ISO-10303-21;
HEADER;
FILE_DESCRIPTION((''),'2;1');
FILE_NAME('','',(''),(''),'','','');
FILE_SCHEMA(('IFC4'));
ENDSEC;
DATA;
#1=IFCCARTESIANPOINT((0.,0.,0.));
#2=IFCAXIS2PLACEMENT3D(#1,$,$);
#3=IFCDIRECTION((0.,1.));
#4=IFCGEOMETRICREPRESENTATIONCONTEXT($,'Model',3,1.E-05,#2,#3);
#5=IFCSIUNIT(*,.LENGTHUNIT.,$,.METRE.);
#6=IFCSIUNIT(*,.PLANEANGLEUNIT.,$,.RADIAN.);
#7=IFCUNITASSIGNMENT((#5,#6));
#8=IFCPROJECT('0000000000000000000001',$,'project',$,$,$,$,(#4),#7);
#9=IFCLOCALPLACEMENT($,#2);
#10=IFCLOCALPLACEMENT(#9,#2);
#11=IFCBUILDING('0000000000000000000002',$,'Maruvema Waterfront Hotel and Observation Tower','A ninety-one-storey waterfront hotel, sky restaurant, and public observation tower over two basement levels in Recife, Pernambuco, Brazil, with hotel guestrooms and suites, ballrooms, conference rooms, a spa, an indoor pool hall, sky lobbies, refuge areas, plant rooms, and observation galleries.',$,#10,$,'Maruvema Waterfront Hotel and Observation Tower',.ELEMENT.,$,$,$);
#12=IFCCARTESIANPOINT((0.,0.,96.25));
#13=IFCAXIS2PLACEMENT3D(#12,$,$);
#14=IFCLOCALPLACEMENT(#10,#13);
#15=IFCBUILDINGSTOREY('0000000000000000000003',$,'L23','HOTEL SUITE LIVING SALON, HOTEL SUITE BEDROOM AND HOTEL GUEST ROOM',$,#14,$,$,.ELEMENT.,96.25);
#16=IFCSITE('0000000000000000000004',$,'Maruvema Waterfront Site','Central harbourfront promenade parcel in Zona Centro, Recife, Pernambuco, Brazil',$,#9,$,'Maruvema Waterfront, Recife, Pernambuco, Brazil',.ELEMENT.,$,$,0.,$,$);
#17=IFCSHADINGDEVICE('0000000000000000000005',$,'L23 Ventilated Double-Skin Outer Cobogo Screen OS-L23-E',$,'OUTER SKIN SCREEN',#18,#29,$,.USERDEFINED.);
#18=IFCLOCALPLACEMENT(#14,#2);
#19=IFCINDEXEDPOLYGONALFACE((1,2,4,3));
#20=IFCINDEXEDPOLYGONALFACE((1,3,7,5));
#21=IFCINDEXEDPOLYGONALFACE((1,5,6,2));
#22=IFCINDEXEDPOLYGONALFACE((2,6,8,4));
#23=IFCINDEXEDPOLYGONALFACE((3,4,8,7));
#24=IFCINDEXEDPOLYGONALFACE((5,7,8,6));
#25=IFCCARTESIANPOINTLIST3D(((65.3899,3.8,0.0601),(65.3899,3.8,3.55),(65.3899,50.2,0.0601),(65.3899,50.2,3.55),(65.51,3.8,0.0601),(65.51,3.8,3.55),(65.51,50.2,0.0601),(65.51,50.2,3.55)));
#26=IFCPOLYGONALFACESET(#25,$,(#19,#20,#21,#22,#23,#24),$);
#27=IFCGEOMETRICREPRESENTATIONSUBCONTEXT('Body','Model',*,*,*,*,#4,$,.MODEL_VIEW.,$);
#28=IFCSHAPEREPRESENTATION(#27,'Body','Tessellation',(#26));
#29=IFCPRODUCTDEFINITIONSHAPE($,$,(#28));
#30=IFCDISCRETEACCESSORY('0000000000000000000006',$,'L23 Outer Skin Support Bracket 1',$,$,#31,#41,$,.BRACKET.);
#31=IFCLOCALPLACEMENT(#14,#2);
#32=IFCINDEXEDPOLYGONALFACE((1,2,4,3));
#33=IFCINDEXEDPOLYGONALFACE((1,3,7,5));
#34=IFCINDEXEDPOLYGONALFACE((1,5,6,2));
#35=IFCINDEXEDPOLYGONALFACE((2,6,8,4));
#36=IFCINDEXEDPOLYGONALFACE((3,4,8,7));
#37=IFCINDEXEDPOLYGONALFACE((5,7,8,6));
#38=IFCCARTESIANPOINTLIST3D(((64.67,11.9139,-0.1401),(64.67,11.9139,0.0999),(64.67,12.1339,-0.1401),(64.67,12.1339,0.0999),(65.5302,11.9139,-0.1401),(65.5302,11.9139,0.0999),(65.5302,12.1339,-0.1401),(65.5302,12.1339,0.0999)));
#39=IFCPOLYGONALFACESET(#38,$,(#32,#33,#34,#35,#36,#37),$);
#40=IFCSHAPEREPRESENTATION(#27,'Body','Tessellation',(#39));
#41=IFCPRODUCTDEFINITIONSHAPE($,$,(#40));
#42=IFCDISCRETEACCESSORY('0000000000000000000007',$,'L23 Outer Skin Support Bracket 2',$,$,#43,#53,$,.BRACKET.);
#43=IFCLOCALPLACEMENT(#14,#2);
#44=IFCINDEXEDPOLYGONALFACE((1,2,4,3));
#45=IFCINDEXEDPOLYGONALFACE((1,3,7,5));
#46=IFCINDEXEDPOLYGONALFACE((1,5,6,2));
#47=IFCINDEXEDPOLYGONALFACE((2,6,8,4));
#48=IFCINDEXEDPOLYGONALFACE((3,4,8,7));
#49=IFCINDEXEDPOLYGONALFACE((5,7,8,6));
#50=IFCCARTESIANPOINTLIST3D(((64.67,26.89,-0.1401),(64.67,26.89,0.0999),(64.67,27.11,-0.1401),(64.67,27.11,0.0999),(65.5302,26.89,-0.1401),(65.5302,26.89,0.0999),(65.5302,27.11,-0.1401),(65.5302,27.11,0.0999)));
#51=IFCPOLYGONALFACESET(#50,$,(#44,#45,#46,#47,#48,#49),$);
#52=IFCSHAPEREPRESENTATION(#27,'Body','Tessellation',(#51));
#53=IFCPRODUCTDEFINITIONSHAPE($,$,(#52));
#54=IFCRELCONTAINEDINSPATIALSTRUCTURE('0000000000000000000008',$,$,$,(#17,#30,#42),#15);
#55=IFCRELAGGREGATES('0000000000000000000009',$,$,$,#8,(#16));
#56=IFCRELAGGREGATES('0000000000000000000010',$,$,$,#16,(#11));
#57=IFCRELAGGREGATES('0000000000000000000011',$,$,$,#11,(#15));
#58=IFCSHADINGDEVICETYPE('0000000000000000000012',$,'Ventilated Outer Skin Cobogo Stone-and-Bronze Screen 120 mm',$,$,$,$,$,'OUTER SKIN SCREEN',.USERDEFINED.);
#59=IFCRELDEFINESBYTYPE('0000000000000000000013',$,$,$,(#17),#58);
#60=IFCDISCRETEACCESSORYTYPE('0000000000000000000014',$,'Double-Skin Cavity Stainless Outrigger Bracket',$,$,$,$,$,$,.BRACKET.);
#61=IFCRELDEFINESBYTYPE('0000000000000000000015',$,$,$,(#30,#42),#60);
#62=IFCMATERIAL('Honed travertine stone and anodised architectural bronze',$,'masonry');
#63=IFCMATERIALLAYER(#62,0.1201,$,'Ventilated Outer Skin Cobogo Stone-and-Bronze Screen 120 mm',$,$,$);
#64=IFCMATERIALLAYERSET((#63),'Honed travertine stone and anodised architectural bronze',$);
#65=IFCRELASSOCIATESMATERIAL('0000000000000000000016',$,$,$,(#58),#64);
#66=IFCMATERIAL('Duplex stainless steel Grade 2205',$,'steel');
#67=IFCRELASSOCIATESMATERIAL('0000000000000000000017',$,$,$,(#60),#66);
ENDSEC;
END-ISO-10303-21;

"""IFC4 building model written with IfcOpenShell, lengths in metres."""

from ifc_helpers import new_model, si_unit, direction, frame, origin, origin_2d, place, context, subcontext, project, spatial, rectangle, extrude, material, layer, layer_set, type_object, element, save


model = new_model("IFC4")

# Units and contexts
model_context = context("Model", 3, precision=1e-05, world=origin(), true_north=direction((0.0, 1.0)))
body_context = subcontext(model_context, "Body", "Model", "MODEL_VIEW")
ifc_project = project(units=[si_unit("LENGTHUNIT", "METRE"), si_unit("PLANEANGLEUNIT", "RADIAN")], contexts=[model_context])

# Site, building, storey
site_placement = place(None, origin())
site = spatial("IfcSite", under=ifc_project, at=site_placement, Name="Maruvema Waterfront Site", Description="Central harbourfront promenade parcel in Zona Centro, Recife, Pernambuco, Brazil", LongName="Maruvema Waterfront, Recife, Pernambuco, Brazil", CompositionType="ELEMENT", RefElevation=0.0)
building_placement = place(site_placement, origin())
building = spatial("IfcBuilding", under=site, at=building_placement, Name="Maruvema Waterfront Hotel and Observation Tower", Description="A ninety-one-storey waterfront hotel, sky restaurant, and public observation tower over two basement levels in Recife, Pernambuco, Brazil, with hotel guestrooms and suites, ballrooms, conference rooms, a spa, an indoor pool hall, sky lobbies, refuge areas, plant rooms, and observation galleries.", LongName="Maruvema Waterfront Hotel and Observation Tower", CompositionType="ELEMENT")
storey_placement = place(building_placement, frame((0.0, 0.0, 96.25)))
storey = spatial("IfcBuildingStorey", under=building, at=storey_placement, Name="L23", Description="HOTEL SUITE LIVING SALON, HOTEL SUITE BEDROOM AND HOTEL GUEST ROOM", CompositionType="ELEMENT", Elevation=96.25)

# Shading device
ifc_material_1 = material(Name="Honed travertine stone and anodised architectural bronze", Category="masonry")
ifc_layer_1 = layer(ifc_material_1, 0.1201, Name="Ventilated Outer Skin Cobogo Stone-and-Bronze Screen 120 mm")
ifc_layer_set_1 = layer_set([ifc_layer_1], Name="Honed travertine stone and anodised architectural bronze")
shading_device_type = type_object("IfcShadingDeviceType", Name="Ventilated Outer Skin Cobogo Stone-and-Bronze Screen 120 mm", ElementType="OUTER SKIN SCREEN", PredefinedType="USERDEFINED", material=ifc_layer_set_1)
shading_device_placement = place(storey_placement, frame((65.45, 27.0, 0.0601), z_axis=(0.0, 0.0, 1.0), x_axis=(0.0, 1.0, 0.0)))
element("IfcShadingDevice", 1, at=shading_device_placement, inside=storey, type_object=shading_device_type, Name="L23 Ventilated Double-Skin Outer Cobogo Screen OS-L23-E", ObjectType="OUTER SKIN SCREEN", PredefinedType="USERDEFINED", context=body_context, shape_type="SweptSolid", body=[
    extrude(rectangle(XDim=46.3999, YDim=0.1201, at=origin_2d()), origin(), (0.0, 0.0, 1.0), 3.49),
])

# Discrete accessories
ifc_material_2 = material(Name="Duplex stainless steel Grade 2205", Category="steel")
discrete_accessory_type = type_object("IfcDiscreteAccessoryType", Name="Double-Skin Cavity Stainless Outrigger Bracket", PredefinedType="BRACKET", material=ifc_material_2)
for number, where, z_axis, x_axis, name in (
    (2, (65.1001, 12.0239, -0.1401), (0.0, 0.0, 1.0), (0.0, 1.0, 0.0), "L23 Outer Skin Support Bracket 1"),
    (3, (65.1001, 27.0, -0.1401), (0.0, 0.0, 1.0), (0.0, 1.0, 0.0), "L23 Outer Skin Support Bracket 2"),
):
    element("IfcDiscreteAccessory", number, at=place(storey_placement, frame(where, z_axis=z_axis, x_axis=x_axis)), inside=storey, type_object=discrete_accessory_type, Name=name, PredefinedType="BRACKET", context=body_context, shape_type="SweptSolid", body=[
        extrude(rectangle(XDim=0.22, YDim=0.8601, at=origin_2d()), origin(), (0.0, 0.0, 1.0), 0.24),
    ])

save(model, "model.ifc")
